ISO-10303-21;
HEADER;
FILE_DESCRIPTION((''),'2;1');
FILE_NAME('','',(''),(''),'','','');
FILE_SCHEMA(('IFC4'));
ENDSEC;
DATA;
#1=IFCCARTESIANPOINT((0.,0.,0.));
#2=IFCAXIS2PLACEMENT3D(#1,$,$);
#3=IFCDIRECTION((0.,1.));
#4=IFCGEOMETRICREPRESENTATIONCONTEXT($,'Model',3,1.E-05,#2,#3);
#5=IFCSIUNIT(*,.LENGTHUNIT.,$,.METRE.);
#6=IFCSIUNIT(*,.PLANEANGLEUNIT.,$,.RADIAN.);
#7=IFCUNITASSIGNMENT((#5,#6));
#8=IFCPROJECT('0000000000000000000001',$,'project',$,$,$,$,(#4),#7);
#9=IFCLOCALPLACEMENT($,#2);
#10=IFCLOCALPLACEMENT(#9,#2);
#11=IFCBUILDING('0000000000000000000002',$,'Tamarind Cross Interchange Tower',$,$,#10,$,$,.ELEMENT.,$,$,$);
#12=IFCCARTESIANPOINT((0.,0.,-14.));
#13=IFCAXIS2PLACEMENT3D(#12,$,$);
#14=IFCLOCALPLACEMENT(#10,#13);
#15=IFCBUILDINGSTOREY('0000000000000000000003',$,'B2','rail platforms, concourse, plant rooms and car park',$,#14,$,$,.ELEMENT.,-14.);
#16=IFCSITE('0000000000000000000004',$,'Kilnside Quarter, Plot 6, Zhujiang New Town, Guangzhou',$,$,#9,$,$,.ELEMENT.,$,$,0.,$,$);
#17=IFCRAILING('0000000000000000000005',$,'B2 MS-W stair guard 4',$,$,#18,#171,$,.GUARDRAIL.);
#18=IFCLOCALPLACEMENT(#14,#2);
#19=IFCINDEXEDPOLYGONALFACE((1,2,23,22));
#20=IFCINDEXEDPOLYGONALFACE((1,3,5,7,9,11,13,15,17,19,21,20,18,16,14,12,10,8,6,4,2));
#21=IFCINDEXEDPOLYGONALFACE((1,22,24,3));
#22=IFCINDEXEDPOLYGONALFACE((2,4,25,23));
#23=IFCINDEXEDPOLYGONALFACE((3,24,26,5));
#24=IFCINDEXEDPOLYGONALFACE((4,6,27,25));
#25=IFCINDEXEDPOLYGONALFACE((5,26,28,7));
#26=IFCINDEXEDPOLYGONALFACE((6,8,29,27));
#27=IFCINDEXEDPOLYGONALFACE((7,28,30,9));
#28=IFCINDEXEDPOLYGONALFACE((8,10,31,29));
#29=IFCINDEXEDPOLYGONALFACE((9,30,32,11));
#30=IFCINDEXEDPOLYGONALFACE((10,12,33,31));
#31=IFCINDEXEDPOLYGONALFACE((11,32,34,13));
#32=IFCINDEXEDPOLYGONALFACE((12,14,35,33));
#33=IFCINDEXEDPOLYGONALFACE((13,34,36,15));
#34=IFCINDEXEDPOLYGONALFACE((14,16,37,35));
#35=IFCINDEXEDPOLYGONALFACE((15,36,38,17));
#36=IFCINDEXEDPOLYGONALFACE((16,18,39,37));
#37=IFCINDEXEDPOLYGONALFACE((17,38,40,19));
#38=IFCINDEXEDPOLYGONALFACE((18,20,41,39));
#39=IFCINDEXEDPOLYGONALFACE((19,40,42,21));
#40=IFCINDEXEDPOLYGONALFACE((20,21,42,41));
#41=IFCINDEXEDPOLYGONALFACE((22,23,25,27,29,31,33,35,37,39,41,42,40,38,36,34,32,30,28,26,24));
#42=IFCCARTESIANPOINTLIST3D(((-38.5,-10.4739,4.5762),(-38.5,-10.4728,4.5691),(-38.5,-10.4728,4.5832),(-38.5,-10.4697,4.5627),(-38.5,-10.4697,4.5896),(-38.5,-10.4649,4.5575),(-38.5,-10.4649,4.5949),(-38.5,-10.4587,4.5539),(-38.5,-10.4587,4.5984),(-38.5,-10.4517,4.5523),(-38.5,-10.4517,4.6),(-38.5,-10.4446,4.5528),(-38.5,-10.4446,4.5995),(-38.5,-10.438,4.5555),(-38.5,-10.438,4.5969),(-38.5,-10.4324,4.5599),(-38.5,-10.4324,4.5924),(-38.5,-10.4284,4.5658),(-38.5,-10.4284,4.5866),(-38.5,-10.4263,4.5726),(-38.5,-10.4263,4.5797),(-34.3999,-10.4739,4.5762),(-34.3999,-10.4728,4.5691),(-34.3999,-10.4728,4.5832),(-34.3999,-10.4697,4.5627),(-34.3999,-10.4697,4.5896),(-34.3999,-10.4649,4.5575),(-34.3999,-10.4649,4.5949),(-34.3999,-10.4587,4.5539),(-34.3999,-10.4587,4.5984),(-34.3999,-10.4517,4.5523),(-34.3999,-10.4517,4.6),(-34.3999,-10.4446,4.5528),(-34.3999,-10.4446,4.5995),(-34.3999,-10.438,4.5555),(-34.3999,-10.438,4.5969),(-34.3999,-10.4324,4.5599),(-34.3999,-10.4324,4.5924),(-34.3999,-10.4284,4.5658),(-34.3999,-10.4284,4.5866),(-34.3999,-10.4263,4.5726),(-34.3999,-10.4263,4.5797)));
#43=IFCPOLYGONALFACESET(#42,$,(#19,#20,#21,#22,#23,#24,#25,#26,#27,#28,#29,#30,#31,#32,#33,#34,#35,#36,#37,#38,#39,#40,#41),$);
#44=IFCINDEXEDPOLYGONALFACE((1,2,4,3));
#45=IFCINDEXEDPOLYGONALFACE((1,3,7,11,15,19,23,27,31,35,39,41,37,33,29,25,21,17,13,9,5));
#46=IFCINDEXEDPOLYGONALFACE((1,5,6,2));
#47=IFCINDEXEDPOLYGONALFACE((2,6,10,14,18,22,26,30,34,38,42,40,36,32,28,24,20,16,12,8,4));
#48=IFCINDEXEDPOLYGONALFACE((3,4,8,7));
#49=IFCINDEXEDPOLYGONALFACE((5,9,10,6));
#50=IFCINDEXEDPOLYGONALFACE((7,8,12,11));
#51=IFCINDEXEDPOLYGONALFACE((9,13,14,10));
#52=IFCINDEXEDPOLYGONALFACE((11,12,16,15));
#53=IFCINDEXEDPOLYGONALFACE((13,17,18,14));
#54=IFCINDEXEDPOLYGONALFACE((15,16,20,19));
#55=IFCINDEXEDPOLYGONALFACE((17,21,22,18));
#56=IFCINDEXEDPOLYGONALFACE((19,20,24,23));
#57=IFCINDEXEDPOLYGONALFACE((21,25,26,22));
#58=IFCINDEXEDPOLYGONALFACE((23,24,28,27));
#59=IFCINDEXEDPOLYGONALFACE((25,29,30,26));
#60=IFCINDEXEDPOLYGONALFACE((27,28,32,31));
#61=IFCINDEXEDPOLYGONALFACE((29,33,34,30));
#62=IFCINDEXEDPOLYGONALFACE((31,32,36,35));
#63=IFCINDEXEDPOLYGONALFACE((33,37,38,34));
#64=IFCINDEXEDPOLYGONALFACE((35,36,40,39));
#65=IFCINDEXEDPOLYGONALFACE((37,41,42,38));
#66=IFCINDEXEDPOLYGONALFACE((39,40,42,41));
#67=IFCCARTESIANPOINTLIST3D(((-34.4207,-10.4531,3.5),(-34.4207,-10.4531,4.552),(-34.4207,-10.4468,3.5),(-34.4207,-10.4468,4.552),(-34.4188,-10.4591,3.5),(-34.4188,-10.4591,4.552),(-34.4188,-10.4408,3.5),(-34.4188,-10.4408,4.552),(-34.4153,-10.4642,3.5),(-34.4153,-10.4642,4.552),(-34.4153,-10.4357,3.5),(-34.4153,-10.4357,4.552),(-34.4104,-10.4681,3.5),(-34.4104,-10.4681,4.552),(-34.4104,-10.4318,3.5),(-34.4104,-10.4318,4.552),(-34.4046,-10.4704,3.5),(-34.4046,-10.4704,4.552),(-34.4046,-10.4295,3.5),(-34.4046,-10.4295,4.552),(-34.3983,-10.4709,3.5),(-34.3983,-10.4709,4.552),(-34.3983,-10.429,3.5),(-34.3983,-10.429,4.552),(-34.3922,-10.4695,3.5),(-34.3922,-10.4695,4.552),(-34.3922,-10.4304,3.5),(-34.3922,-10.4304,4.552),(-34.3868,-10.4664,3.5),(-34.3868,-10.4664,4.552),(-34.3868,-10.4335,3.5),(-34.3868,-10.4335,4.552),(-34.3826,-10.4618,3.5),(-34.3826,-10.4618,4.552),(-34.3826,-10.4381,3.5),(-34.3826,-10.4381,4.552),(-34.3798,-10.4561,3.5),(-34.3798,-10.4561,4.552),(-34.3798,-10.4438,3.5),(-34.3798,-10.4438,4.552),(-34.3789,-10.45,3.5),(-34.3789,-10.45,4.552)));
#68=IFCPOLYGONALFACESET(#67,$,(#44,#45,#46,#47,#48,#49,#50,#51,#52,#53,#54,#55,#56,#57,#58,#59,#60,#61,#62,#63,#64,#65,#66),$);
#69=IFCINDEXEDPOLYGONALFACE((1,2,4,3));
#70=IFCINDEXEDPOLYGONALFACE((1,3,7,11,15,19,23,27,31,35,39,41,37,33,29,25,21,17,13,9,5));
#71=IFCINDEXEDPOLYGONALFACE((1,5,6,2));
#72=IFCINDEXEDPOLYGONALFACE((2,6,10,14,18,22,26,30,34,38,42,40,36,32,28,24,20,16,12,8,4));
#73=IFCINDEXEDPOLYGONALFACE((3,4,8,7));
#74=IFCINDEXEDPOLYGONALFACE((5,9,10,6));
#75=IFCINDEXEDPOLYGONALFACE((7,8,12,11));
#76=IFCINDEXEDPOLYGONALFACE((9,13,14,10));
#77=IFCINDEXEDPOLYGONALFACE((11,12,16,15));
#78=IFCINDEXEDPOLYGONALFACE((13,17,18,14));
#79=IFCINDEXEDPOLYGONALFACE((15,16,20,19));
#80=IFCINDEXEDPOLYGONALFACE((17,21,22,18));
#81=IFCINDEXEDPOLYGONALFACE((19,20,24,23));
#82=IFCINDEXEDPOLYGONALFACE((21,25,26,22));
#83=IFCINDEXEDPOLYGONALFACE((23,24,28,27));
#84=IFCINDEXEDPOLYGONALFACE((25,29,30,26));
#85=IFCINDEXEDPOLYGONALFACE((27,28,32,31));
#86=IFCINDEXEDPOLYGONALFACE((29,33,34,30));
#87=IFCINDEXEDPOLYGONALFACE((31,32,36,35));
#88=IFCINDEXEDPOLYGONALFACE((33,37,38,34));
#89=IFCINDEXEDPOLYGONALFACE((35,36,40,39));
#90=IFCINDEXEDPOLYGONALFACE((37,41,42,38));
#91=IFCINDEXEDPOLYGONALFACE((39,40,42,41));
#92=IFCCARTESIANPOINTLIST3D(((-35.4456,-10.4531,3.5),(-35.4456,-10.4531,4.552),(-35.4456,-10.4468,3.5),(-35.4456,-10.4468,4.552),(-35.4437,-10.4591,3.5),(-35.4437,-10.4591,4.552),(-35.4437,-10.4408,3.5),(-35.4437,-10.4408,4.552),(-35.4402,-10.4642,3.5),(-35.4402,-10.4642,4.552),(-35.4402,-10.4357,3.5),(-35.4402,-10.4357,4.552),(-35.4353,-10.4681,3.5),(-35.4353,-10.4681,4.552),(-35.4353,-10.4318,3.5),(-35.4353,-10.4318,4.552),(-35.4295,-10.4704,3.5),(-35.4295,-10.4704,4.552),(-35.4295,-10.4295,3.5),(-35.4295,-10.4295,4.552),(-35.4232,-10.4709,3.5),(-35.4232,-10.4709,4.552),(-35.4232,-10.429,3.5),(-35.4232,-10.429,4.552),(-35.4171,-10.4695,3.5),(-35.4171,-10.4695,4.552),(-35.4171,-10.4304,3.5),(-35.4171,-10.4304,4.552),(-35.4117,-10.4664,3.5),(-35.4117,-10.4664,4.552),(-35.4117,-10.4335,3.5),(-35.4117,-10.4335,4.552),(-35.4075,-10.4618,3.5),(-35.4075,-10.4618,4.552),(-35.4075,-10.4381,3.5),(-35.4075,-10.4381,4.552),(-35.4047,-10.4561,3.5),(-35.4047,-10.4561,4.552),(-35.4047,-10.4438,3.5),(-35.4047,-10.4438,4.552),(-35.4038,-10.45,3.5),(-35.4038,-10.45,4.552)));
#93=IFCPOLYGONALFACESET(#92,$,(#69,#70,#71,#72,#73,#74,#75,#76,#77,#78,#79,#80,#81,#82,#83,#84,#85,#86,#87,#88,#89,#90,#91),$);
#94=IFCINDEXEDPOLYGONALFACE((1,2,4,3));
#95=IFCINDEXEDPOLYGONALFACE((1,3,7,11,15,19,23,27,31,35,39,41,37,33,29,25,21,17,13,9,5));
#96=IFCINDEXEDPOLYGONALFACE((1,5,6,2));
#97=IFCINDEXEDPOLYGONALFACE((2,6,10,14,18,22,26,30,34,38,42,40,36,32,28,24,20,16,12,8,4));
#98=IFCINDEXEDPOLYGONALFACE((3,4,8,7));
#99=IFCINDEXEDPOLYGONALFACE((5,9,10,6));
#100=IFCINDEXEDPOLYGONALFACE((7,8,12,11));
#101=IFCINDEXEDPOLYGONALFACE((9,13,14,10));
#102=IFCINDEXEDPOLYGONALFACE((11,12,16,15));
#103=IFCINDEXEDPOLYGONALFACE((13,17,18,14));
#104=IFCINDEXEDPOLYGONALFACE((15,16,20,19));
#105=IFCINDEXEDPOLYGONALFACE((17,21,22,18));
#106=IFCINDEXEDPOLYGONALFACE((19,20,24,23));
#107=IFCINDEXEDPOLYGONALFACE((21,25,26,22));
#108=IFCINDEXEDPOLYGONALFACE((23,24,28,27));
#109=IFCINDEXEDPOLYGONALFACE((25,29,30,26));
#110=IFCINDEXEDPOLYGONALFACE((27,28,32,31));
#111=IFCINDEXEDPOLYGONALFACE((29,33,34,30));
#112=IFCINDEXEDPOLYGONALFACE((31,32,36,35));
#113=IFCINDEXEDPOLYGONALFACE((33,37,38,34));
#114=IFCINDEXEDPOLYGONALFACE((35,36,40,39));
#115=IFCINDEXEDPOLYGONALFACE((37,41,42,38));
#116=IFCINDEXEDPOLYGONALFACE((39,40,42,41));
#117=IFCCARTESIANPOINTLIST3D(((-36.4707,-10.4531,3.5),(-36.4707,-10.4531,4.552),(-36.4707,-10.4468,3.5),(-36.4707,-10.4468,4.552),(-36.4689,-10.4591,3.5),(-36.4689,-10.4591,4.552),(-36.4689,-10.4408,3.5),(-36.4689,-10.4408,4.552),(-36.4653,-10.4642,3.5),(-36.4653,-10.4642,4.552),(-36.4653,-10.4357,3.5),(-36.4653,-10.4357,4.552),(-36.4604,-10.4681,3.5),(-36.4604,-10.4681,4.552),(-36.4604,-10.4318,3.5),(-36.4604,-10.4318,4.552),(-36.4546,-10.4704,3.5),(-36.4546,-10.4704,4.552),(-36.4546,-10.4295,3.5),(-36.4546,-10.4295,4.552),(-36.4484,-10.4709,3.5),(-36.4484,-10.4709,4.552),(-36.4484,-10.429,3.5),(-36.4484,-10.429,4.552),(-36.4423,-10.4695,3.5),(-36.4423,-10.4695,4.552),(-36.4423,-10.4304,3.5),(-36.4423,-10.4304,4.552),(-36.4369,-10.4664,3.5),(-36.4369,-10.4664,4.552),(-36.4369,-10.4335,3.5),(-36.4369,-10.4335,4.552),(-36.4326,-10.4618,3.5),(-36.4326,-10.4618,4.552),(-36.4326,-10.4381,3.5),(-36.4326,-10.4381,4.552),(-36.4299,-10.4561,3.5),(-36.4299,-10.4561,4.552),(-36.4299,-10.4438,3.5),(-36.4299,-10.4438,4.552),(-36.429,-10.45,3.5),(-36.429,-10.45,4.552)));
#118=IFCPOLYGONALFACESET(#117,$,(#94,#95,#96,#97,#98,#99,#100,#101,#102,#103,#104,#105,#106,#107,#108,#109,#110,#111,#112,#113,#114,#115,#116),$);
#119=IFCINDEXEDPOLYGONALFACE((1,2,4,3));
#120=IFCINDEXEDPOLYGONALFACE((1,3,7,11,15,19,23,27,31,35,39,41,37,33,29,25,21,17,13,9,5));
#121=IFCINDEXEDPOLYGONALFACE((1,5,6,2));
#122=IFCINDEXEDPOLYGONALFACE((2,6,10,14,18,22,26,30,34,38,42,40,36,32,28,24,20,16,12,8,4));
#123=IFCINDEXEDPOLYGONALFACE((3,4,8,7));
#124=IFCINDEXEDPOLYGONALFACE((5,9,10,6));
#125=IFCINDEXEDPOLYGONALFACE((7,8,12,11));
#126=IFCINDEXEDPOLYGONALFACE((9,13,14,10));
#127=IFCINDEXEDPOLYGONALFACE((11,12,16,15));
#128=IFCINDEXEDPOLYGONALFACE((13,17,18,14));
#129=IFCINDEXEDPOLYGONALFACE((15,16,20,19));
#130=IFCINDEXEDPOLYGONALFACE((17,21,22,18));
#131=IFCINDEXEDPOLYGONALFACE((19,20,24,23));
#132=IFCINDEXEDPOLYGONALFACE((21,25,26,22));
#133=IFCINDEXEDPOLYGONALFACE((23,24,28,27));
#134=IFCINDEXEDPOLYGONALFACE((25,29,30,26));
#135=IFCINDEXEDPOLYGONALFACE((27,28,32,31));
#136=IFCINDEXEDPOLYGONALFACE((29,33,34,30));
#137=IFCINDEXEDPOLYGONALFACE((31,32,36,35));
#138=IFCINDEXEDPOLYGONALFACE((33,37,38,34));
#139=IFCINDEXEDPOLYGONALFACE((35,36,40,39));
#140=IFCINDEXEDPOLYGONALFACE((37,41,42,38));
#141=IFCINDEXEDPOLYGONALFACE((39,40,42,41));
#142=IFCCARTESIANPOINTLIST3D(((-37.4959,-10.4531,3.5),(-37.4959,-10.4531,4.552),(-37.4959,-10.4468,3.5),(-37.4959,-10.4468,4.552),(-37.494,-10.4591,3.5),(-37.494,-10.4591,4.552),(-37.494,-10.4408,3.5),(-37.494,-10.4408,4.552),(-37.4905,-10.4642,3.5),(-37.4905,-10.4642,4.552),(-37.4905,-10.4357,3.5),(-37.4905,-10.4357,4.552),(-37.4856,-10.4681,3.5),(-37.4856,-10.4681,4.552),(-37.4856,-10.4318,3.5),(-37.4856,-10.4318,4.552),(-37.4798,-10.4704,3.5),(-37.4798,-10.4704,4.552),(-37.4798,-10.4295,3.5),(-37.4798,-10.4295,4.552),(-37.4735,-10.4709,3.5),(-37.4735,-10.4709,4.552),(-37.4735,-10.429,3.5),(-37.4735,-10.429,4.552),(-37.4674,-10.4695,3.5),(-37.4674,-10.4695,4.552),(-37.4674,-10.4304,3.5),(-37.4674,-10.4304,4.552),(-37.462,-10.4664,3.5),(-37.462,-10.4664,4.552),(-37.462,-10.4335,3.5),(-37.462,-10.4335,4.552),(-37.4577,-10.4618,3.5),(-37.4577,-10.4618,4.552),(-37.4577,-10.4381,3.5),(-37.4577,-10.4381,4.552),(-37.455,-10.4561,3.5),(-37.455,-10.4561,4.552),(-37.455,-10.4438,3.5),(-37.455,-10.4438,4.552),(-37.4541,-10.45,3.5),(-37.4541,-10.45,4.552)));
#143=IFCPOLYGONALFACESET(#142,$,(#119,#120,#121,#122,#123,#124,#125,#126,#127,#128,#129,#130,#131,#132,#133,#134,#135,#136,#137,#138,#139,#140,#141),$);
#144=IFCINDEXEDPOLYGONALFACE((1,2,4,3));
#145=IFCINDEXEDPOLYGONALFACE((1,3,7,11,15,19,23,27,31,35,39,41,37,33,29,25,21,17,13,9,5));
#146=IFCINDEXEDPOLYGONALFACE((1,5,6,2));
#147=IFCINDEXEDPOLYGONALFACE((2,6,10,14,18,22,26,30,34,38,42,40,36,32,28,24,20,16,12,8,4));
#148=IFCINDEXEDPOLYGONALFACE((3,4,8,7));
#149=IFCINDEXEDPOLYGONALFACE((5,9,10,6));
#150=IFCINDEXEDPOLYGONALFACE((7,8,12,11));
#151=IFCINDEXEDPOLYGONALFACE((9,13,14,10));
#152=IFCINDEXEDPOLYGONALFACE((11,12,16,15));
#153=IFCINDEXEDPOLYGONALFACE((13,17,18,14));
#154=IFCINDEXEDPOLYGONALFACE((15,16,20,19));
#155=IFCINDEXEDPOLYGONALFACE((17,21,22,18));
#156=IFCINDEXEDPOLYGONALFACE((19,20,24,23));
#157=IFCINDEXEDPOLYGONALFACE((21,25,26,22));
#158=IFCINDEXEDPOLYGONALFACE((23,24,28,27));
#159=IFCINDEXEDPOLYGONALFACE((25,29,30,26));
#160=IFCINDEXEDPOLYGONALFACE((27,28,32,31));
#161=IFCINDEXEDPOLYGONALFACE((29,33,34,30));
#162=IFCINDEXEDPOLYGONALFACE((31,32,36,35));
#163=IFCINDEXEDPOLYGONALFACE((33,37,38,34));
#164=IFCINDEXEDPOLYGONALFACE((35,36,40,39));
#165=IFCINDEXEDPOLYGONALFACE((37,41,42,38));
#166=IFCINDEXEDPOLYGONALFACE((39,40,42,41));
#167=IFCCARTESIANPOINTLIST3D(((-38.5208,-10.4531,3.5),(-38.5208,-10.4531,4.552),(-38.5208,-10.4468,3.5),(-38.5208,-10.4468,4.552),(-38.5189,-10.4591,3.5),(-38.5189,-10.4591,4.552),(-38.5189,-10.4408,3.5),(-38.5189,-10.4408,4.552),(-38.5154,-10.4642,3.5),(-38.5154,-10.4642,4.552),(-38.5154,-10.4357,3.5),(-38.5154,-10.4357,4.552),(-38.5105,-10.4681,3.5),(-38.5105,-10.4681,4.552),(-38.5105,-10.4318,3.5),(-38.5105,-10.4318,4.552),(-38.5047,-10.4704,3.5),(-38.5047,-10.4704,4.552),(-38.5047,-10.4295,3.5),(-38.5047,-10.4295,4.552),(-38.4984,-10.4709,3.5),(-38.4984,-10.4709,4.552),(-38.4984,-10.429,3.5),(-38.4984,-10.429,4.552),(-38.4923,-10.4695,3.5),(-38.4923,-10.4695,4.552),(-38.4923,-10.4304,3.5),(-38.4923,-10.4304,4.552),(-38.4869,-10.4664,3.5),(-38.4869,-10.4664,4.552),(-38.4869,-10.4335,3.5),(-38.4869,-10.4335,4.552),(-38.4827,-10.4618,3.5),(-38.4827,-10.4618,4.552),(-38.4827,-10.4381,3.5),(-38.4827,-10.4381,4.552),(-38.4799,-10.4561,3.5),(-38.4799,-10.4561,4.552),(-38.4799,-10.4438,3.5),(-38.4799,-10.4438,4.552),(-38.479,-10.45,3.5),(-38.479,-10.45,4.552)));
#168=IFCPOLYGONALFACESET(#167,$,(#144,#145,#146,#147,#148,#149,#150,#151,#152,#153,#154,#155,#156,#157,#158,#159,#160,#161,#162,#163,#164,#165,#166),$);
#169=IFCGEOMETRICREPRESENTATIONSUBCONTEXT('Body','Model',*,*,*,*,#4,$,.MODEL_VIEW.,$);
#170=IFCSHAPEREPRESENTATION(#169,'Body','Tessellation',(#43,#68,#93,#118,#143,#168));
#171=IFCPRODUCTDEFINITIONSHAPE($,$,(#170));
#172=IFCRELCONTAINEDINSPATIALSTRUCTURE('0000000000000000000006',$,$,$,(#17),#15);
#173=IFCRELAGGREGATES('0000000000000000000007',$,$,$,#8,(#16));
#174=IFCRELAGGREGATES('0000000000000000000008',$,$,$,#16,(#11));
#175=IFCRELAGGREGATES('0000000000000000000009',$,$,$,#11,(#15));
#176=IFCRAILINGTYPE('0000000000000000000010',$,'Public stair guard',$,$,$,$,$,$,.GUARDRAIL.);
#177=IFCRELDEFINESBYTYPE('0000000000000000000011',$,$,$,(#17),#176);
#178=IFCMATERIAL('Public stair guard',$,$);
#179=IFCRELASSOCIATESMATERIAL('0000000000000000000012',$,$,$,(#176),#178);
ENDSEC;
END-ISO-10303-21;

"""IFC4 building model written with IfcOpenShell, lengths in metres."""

from ifc_helpers import new_model, si_unit, direction, frame, origin, origin_2d, place, context, subcontext, project, spatial, circle, extrude, material, type_object, element, save


model = new_model("IFC4")

# Units and contexts
model_context = context("Model", 3, precision=1e-05, world=origin(), true_north=direction((0.0, 1.0)))
body_context = subcontext(model_context, "Body", "Model", "MODEL_VIEW")
ifc_project = project(units=[si_unit("LENGTHUNIT", "METRE"), si_unit("PLANEANGLEUNIT", "RADIAN")], contexts=[model_context])

# Site, building, storey
site_placement = place(None, origin())
site = spatial("IfcSite", under=ifc_project, at=site_placement, Name="Kilnside Quarter, Plot 6, Zhujiang New Town, Guangzhou", CompositionType="ELEMENT", RefElevation=0.0)
building_placement = place(site_placement, origin())
building = spatial("IfcBuilding", under=site, at=building_placement, Name="Tamarind Cross Interchange Tower", CompositionType="ELEMENT")
storey_placement = place(building_placement, frame((0.0, 0.0, -14.0)))
storey = spatial("IfcBuildingStorey", under=building, at=storey_placement, Name="B2", Description="rail platforms, concourse, plant rooms and car park", CompositionType="ELEMENT", Elevation=-14.0)

# Railing
ifc_material_1 = material(Name="Public stair guard")
railing_type_1 = type_object("IfcRailingType", Name="Public stair guard", PredefinedType="GUARDRAIL", material=ifc_material_1)
for number, where, name in (
    (1, (-34.3999, -10.45, 3.5), "B2 MS-W stair guard 4"),
):
    element("IfcRailing", number, at=place(storey_placement, frame(where)), inside=storey, type_object=railing_type_1, Name=name, PredefinedType="GUARDRAIL", context=body_context, shape_type="SweptSolid", body=[
        extrude(circle(Radius=0.0239, at=origin_2d()), frame((0.0, 0.0, 1.0762), z_axis=(-1.0, 0.0, 0.0), x_axis=(0.0, -1.0, 0.0)), (0.0, 0.0, 1.0), 4.1001),
        extrude(circle(Radius=0.021, at=origin_2d()), origin(), (0.0, 0.0, 1.0), 1.052),
        extrude(circle(Radius=0.021, at=origin_2d()), frame((-1.0249, 0.0, 0.0)), (0.0, 0.0, 1.0), 1.052),
        extrude(circle(Radius=0.021, at=origin_2d()), frame((-2.05, 0.0, 0.0)), (0.0, 0.0, 1.0), 1.052),
        extrude(circle(Radius=0.021, at=origin_2d()), frame((-3.0752, 0.0, 0.0)), (0.0, 0.0, 1.0), 1.052),
        extrude(circle(Radius=0.021, at=origin_2d()), frame((-4.1001, 0.0, 0.0)), (0.0, 0.0, 1.0), 1.052),
    ])

save(model, "model.ifc")
